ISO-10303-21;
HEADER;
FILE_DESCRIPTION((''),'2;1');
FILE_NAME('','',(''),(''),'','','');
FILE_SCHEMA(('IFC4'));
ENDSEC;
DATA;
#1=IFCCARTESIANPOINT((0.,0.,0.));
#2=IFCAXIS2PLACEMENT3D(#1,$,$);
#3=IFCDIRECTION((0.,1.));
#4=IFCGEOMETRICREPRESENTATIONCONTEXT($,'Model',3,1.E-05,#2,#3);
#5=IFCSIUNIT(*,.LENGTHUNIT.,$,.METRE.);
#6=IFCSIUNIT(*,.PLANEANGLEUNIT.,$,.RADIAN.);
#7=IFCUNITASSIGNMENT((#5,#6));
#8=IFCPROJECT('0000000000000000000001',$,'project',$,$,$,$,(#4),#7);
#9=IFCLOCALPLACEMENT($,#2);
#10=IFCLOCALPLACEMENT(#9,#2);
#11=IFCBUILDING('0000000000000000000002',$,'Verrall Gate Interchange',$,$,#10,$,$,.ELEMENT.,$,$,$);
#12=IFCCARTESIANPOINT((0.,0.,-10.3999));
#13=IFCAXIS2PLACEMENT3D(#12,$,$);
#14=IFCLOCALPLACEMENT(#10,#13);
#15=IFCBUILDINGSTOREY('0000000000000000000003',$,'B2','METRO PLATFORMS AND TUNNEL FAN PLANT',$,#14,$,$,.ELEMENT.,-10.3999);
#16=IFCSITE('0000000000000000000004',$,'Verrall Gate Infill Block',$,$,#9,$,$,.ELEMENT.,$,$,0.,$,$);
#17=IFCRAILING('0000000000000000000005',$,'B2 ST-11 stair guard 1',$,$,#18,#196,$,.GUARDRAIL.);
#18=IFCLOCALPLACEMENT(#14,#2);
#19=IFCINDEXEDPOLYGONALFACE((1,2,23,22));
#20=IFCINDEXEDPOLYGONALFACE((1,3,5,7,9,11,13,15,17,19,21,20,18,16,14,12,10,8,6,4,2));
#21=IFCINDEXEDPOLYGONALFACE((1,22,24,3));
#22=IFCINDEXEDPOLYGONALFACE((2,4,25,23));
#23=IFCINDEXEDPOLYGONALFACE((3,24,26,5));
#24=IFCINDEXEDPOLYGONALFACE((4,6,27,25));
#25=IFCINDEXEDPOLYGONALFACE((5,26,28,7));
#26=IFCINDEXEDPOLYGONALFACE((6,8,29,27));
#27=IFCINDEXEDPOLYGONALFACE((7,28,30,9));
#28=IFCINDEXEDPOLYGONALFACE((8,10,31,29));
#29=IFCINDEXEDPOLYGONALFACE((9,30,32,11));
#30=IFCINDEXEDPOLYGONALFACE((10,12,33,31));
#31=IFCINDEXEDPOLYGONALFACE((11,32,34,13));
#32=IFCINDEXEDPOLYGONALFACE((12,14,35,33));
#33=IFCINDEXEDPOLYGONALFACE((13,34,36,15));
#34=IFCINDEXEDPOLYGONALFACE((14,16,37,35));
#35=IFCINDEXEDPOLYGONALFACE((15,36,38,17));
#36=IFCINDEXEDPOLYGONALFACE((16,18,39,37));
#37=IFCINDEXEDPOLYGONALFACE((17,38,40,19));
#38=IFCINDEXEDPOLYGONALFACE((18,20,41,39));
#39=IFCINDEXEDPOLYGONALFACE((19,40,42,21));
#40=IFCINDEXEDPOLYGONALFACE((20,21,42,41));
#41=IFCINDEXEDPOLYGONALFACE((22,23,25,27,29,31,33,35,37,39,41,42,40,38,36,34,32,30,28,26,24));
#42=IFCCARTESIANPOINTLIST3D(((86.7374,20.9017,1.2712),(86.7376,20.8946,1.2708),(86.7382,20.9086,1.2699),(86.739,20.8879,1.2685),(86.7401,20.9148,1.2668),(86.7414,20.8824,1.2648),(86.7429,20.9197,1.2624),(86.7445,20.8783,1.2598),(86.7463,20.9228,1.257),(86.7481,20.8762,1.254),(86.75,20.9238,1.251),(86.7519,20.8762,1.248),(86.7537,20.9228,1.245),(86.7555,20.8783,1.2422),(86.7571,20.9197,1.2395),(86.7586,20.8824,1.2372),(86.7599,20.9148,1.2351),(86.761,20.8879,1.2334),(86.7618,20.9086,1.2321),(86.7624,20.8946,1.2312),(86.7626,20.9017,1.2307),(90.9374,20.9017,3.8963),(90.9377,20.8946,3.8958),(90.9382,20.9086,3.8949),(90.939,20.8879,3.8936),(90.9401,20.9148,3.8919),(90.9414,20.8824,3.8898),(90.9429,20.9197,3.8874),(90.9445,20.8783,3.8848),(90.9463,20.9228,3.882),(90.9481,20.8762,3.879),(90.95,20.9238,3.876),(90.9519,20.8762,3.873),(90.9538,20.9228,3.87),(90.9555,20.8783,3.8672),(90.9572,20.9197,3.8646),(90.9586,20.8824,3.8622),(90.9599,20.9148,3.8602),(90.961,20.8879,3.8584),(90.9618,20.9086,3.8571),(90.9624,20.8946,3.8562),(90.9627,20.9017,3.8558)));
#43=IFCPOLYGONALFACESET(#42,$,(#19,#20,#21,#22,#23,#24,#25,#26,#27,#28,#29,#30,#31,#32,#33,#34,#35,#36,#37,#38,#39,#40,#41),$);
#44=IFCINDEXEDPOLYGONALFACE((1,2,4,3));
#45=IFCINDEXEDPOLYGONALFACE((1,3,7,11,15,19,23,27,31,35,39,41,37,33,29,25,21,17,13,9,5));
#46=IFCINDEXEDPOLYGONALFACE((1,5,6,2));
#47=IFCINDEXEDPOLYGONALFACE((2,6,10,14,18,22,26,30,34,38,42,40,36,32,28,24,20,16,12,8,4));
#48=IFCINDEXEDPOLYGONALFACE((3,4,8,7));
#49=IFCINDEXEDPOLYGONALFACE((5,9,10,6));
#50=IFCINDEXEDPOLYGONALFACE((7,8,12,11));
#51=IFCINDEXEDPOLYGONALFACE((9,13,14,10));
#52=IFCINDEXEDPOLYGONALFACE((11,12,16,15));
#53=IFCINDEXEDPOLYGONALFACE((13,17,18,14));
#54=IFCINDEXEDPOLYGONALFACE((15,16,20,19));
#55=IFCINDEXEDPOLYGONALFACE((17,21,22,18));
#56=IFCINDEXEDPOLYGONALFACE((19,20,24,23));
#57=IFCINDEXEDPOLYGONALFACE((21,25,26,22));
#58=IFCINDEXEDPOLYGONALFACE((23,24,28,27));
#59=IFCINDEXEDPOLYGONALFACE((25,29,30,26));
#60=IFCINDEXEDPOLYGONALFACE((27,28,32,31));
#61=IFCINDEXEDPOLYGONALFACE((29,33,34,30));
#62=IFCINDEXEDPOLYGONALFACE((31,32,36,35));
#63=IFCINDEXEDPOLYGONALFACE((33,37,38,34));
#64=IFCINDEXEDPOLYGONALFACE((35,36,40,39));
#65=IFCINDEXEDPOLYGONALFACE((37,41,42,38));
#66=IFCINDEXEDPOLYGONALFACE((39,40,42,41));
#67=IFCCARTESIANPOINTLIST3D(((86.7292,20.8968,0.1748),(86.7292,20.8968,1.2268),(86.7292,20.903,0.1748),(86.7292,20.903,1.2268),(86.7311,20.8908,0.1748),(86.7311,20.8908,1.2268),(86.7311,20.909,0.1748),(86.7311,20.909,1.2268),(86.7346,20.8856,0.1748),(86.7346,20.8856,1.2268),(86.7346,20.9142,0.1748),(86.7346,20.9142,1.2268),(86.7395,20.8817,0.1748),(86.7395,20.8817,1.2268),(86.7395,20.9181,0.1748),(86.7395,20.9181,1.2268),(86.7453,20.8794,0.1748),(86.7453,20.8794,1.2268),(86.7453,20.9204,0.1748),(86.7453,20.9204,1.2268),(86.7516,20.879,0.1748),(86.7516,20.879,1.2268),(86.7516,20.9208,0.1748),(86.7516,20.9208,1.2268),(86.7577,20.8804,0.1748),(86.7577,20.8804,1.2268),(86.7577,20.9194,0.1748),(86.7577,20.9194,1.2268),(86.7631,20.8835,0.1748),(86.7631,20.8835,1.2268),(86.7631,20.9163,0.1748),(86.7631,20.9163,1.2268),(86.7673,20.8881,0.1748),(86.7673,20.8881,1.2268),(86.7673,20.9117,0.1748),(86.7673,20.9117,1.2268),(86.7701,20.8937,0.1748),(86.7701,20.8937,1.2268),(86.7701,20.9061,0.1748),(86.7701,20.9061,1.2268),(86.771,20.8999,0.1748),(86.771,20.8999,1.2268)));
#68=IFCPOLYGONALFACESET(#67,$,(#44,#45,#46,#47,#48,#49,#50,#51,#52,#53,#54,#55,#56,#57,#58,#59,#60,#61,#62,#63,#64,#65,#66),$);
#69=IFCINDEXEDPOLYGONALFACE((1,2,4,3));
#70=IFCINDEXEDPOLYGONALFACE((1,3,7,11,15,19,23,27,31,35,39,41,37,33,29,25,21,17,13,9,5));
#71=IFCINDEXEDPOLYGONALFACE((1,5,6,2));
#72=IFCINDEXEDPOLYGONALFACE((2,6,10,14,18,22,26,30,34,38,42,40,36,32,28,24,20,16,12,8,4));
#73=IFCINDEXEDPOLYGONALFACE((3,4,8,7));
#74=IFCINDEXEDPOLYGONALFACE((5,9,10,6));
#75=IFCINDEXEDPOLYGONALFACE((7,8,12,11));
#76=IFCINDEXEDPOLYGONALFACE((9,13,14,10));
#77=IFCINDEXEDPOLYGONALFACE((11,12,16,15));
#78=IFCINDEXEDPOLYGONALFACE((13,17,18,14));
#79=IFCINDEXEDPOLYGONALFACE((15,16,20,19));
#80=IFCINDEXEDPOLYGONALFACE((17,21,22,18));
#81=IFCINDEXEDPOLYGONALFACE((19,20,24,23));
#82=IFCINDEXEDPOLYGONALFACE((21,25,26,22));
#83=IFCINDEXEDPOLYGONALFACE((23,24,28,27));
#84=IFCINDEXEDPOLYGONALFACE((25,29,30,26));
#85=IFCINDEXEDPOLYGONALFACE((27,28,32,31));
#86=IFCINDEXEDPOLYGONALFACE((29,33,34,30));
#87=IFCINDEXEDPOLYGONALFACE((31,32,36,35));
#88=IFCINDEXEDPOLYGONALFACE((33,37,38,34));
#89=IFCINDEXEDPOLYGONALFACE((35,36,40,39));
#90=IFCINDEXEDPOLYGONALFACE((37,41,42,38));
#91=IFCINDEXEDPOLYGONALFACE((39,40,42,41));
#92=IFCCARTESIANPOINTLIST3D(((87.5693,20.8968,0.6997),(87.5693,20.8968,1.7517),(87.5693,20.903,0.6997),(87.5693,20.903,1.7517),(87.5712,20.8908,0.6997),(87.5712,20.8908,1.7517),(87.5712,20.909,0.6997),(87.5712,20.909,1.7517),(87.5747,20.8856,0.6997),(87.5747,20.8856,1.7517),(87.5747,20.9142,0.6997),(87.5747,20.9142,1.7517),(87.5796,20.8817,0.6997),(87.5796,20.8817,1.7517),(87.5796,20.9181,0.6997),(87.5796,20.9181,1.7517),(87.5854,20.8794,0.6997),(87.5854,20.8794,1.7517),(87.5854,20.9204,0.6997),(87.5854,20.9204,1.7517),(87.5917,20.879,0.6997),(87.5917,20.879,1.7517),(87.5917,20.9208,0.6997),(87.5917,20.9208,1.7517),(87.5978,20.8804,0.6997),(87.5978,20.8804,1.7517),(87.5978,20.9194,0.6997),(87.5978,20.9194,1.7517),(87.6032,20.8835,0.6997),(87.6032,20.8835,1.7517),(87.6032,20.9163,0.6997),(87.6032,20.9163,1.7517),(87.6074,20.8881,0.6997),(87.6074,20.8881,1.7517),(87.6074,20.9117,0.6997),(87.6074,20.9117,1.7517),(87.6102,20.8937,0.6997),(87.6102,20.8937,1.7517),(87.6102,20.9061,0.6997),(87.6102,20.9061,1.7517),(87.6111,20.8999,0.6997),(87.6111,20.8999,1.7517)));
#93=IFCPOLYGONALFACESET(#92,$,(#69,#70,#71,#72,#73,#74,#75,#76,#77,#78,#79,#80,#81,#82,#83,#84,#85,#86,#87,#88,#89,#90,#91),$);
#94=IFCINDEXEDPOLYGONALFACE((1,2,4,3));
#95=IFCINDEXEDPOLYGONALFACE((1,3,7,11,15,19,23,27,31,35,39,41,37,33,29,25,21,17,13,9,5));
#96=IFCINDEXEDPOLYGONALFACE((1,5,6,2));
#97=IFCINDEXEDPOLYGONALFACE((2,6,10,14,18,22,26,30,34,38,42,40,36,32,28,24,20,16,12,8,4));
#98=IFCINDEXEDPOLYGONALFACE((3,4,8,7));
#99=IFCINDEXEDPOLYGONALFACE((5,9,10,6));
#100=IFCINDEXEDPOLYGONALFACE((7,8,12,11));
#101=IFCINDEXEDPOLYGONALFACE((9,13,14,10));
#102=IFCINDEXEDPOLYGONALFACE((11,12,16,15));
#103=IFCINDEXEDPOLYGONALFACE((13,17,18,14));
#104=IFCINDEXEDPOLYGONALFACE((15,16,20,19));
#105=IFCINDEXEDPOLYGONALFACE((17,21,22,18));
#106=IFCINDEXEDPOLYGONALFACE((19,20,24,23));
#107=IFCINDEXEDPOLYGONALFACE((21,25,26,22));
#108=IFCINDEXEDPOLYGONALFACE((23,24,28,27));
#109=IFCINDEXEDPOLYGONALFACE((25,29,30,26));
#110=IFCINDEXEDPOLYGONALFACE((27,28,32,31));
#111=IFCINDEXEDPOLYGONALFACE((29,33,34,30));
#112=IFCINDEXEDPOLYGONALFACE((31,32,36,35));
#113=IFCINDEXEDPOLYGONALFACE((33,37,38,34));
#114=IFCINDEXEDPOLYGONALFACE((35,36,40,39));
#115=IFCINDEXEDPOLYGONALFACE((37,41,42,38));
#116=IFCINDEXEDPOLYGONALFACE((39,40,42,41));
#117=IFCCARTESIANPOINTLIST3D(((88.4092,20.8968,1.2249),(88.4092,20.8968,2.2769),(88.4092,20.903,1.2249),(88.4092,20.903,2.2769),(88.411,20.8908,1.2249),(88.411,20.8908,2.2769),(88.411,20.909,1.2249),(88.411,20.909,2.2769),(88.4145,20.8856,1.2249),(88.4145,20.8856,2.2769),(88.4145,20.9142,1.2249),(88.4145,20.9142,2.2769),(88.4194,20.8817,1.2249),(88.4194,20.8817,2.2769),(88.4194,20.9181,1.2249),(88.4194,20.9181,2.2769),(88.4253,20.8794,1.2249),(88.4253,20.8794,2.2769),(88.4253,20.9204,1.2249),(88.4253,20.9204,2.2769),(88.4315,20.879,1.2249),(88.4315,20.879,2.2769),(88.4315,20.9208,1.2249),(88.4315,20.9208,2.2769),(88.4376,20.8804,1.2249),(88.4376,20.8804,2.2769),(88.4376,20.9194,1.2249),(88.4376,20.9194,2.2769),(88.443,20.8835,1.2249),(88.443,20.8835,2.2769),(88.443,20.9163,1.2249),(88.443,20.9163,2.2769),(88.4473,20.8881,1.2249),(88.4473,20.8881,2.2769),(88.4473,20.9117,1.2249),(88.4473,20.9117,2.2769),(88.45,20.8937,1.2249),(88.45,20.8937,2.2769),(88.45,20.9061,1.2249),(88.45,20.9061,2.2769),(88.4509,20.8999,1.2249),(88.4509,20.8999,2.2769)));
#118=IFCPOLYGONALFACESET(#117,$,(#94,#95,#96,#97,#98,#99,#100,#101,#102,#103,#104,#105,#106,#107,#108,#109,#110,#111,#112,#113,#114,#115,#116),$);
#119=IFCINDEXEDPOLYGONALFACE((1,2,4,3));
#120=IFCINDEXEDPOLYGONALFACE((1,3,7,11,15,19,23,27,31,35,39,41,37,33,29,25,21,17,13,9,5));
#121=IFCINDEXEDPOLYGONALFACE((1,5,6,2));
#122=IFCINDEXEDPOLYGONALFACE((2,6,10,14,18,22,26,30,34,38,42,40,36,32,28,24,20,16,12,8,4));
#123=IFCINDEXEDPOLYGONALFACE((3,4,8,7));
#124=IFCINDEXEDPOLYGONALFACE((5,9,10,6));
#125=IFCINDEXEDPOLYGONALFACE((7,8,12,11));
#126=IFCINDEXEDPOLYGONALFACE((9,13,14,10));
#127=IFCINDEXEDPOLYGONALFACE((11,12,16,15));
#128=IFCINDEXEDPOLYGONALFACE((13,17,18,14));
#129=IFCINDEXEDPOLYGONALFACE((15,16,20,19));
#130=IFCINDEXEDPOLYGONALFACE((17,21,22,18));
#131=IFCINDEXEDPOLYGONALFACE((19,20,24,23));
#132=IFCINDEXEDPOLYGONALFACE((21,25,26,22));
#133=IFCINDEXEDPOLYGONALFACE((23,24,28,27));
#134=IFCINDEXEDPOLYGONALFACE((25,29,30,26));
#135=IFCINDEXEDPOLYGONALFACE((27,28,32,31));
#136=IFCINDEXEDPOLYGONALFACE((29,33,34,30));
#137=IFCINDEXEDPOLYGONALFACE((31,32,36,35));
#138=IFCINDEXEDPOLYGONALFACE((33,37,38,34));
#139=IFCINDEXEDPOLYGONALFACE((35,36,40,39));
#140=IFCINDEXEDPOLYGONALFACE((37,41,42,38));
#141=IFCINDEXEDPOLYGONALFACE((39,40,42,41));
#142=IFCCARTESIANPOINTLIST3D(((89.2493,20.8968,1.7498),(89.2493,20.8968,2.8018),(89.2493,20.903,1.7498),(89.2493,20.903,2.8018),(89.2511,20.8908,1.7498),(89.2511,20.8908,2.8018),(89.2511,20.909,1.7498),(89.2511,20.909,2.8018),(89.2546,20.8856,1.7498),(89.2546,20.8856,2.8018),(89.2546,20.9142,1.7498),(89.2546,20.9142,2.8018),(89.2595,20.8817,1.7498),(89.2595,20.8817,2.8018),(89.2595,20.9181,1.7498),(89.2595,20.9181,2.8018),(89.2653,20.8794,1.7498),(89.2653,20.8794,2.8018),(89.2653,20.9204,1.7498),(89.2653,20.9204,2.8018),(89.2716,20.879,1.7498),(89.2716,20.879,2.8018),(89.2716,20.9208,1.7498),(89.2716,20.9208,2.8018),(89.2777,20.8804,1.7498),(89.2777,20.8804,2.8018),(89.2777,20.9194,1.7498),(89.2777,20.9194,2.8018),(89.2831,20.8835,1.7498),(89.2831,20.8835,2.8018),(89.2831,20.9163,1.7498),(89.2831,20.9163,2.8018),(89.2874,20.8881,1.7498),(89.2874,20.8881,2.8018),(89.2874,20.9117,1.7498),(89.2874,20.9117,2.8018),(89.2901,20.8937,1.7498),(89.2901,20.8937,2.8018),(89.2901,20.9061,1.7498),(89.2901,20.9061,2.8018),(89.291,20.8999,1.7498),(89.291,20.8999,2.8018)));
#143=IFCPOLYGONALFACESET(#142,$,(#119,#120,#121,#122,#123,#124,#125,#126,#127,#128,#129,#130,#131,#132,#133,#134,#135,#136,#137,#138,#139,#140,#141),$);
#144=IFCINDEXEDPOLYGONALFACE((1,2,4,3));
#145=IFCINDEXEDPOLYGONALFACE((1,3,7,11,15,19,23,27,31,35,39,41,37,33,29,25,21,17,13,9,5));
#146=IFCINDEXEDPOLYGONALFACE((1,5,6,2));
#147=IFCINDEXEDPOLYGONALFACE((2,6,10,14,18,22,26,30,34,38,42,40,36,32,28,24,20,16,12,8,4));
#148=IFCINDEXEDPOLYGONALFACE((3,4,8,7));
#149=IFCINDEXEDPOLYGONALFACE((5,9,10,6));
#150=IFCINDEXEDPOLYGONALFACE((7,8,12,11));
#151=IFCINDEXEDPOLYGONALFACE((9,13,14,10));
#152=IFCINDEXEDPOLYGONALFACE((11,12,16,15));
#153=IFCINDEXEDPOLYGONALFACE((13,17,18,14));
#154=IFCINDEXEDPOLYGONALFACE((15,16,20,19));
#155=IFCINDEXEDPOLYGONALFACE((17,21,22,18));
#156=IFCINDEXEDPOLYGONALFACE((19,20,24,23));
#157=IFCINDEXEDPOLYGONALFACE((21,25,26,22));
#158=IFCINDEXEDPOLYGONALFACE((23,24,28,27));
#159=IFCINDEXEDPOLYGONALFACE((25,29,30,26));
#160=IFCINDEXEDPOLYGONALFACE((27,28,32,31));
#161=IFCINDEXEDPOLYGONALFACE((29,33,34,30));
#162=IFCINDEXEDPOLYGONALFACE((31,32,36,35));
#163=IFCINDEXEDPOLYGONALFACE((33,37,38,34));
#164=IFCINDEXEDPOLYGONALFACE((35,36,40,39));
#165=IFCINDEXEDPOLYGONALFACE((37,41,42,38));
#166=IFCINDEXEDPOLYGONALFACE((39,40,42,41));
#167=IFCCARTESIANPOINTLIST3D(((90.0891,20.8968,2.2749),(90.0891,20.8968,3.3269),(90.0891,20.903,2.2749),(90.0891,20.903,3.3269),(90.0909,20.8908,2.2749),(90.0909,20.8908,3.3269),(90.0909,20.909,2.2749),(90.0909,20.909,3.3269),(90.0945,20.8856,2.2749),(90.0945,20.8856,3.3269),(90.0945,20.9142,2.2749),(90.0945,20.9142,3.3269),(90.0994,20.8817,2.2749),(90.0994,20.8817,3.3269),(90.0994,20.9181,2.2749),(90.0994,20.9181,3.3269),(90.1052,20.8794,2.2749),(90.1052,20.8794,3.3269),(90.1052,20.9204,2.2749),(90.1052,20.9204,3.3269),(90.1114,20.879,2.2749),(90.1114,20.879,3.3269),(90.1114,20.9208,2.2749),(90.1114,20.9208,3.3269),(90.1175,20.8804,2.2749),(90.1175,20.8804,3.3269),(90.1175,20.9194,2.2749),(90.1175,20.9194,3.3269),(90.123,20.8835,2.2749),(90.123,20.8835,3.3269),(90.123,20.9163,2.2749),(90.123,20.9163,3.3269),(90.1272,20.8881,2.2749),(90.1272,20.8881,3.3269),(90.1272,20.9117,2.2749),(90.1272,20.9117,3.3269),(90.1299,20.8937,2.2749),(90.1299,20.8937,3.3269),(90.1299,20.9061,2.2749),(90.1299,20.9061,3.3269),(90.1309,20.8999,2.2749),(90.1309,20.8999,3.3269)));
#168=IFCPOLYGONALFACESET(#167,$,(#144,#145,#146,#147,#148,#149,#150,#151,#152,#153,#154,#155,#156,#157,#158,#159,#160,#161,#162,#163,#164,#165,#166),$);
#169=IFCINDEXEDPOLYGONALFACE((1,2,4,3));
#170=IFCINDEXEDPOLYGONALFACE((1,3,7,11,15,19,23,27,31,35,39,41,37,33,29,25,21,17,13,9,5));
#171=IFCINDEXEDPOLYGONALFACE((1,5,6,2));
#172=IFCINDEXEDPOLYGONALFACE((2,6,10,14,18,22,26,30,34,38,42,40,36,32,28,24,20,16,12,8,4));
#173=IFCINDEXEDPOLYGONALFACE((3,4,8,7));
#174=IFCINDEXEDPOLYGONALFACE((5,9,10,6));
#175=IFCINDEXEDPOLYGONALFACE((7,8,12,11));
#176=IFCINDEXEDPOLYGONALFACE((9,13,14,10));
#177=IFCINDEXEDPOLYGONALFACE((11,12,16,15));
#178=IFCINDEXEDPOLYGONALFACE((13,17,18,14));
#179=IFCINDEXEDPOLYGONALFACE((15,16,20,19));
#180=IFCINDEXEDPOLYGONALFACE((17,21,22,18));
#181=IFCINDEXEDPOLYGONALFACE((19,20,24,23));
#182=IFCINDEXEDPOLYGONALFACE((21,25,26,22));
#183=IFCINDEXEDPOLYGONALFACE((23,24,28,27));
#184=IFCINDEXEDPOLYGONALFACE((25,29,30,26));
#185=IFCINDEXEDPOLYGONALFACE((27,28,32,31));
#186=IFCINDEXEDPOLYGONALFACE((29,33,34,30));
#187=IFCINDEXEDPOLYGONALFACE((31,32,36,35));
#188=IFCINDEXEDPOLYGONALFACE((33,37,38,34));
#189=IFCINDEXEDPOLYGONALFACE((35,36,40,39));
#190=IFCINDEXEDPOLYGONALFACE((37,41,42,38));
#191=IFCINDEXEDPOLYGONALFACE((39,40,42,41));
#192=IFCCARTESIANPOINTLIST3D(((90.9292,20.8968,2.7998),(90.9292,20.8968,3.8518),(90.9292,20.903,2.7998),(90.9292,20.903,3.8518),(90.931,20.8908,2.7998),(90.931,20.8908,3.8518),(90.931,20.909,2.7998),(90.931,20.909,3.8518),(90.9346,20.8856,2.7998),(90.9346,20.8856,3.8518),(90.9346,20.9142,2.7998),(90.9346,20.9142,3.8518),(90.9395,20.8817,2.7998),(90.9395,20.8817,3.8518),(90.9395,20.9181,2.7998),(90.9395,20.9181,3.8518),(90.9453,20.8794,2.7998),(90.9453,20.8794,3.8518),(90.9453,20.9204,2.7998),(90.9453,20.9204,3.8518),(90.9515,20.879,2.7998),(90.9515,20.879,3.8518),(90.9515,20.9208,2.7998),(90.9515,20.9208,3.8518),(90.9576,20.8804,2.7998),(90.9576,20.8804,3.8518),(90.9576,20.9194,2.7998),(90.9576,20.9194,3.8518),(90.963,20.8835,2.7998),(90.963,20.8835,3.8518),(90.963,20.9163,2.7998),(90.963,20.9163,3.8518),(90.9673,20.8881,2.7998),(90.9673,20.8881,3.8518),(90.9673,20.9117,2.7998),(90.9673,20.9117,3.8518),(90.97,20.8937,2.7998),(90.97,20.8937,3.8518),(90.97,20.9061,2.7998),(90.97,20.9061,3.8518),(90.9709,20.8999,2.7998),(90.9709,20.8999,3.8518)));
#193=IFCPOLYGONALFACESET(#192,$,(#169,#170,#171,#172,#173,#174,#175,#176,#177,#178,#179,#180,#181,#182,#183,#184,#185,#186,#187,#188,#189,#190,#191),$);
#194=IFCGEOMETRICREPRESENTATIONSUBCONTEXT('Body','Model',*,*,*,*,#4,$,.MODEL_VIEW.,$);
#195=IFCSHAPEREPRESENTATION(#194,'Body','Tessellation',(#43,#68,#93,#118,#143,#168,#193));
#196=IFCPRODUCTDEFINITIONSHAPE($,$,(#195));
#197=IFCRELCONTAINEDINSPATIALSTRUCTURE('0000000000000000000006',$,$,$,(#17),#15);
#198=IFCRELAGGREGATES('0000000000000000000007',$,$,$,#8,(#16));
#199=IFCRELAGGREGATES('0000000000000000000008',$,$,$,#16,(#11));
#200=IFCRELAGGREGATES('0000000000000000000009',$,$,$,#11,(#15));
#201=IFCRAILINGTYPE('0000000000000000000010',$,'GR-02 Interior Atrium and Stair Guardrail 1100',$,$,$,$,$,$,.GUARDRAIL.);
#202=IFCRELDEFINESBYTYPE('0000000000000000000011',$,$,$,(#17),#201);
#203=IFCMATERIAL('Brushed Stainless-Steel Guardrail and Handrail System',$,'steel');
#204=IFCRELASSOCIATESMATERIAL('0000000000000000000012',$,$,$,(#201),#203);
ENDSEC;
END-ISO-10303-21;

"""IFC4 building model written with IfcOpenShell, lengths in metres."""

from ifc_helpers import new_model, si_unit, direction, frame, origin, origin_2d, place, context, subcontext, project, spatial, circle, extrude, material, type_object, element, save


model = new_model("IFC4")

# Units and contexts
model_context = context("Model", 3, precision=1e-05, world=origin(), true_north=direction((0.0, 1.0)))
body_context = subcontext(model_context, "Body", "Model", "MODEL_VIEW")
ifc_project = project(units=[si_unit("LENGTHUNIT", "METRE"), si_unit("PLANEANGLEUNIT", "RADIAN")], contexts=[model_context])

# Site, building, storey
site_placement = place(None, origin())
site = spatial("IfcSite", under=ifc_project, at=site_placement, Name="Verrall Gate Infill Block", CompositionType="ELEMENT", RefElevation=0.0)
building_placement = place(site_placement, origin())
building = spatial("IfcBuilding", under=site, at=building_placement, Name="Verrall Gate Interchange", CompositionType="ELEMENT")
storey_placement = place(building_placement, frame((0.0, 0.0, -10.3999)))
storey = spatial("IfcBuildingStorey", under=building, at=storey_placement, Name="B2", Description="METRO PLATFORMS AND TUNNEL FAN PLANT", CompositionType="ELEMENT", Elevation=-10.3999)

# Railing
ifc_material_1 = material(Name="Brushed Stainless-Steel Guardrail and Handrail System", Category="steel")
railing_type_1 = type_object("IfcRailingType", Name="GR-02 Interior Atrium and Stair Guardrail 1100", PredefinedType="GUARDRAIL", material=ifc_material_1)
railing_1_placement = place(storey_placement, frame((86.75, 20.8999, 0.1748)))
element("IfcRailing", 1, at=railing_1_placement, inside=storey, type_object=railing_type_1, Name="B2 ST-11 stair guard 1", PredefinedType="GUARDRAIL", context=body_context, shape_type="SweptSolid", body=[
    extrude(circle(Radius=0.0239, at=origin_2d()), frame((0.0, 0.0, 1.0762), z_axis=(0.847996, 0.0, 0.530003), x_axis=(0.0, 1.0, 0.0)), (0.0, 0.0, 1.0), 4.9529),
    extrude(circle(Radius=0.021, at=origin_2d()), origin(), (0.0, 0.0, 1.0), 1.052),
    extrude(circle(Radius=0.021, at=origin_2d()), frame((0.8401, 0.0, 0.5249)), (0.0, 0.0, 1.0), 1.052),
    extrude(circle(Radius=0.021, at=origin_2d()), frame((1.6799, 0.0, 1.05)), (0.0, 0.0, 1.0), 1.052),
    extrude(circle(Radius=0.021, at=origin_2d()), frame((2.52, 0.0, 1.575)), (0.0, 0.0, 1.0), 1.052),
    extrude(circle(Radius=0.021, at=origin_2d()), frame((3.3599, 0.0, 2.1001)), (0.0, 0.0, 1.0), 1.052),
    extrude(circle(Radius=0.021, at=origin_2d()), frame((4.2, 0.0, 2.625)), (0.0, 0.0, 1.0), 1.052),
])

save(model, "model.ifc")
